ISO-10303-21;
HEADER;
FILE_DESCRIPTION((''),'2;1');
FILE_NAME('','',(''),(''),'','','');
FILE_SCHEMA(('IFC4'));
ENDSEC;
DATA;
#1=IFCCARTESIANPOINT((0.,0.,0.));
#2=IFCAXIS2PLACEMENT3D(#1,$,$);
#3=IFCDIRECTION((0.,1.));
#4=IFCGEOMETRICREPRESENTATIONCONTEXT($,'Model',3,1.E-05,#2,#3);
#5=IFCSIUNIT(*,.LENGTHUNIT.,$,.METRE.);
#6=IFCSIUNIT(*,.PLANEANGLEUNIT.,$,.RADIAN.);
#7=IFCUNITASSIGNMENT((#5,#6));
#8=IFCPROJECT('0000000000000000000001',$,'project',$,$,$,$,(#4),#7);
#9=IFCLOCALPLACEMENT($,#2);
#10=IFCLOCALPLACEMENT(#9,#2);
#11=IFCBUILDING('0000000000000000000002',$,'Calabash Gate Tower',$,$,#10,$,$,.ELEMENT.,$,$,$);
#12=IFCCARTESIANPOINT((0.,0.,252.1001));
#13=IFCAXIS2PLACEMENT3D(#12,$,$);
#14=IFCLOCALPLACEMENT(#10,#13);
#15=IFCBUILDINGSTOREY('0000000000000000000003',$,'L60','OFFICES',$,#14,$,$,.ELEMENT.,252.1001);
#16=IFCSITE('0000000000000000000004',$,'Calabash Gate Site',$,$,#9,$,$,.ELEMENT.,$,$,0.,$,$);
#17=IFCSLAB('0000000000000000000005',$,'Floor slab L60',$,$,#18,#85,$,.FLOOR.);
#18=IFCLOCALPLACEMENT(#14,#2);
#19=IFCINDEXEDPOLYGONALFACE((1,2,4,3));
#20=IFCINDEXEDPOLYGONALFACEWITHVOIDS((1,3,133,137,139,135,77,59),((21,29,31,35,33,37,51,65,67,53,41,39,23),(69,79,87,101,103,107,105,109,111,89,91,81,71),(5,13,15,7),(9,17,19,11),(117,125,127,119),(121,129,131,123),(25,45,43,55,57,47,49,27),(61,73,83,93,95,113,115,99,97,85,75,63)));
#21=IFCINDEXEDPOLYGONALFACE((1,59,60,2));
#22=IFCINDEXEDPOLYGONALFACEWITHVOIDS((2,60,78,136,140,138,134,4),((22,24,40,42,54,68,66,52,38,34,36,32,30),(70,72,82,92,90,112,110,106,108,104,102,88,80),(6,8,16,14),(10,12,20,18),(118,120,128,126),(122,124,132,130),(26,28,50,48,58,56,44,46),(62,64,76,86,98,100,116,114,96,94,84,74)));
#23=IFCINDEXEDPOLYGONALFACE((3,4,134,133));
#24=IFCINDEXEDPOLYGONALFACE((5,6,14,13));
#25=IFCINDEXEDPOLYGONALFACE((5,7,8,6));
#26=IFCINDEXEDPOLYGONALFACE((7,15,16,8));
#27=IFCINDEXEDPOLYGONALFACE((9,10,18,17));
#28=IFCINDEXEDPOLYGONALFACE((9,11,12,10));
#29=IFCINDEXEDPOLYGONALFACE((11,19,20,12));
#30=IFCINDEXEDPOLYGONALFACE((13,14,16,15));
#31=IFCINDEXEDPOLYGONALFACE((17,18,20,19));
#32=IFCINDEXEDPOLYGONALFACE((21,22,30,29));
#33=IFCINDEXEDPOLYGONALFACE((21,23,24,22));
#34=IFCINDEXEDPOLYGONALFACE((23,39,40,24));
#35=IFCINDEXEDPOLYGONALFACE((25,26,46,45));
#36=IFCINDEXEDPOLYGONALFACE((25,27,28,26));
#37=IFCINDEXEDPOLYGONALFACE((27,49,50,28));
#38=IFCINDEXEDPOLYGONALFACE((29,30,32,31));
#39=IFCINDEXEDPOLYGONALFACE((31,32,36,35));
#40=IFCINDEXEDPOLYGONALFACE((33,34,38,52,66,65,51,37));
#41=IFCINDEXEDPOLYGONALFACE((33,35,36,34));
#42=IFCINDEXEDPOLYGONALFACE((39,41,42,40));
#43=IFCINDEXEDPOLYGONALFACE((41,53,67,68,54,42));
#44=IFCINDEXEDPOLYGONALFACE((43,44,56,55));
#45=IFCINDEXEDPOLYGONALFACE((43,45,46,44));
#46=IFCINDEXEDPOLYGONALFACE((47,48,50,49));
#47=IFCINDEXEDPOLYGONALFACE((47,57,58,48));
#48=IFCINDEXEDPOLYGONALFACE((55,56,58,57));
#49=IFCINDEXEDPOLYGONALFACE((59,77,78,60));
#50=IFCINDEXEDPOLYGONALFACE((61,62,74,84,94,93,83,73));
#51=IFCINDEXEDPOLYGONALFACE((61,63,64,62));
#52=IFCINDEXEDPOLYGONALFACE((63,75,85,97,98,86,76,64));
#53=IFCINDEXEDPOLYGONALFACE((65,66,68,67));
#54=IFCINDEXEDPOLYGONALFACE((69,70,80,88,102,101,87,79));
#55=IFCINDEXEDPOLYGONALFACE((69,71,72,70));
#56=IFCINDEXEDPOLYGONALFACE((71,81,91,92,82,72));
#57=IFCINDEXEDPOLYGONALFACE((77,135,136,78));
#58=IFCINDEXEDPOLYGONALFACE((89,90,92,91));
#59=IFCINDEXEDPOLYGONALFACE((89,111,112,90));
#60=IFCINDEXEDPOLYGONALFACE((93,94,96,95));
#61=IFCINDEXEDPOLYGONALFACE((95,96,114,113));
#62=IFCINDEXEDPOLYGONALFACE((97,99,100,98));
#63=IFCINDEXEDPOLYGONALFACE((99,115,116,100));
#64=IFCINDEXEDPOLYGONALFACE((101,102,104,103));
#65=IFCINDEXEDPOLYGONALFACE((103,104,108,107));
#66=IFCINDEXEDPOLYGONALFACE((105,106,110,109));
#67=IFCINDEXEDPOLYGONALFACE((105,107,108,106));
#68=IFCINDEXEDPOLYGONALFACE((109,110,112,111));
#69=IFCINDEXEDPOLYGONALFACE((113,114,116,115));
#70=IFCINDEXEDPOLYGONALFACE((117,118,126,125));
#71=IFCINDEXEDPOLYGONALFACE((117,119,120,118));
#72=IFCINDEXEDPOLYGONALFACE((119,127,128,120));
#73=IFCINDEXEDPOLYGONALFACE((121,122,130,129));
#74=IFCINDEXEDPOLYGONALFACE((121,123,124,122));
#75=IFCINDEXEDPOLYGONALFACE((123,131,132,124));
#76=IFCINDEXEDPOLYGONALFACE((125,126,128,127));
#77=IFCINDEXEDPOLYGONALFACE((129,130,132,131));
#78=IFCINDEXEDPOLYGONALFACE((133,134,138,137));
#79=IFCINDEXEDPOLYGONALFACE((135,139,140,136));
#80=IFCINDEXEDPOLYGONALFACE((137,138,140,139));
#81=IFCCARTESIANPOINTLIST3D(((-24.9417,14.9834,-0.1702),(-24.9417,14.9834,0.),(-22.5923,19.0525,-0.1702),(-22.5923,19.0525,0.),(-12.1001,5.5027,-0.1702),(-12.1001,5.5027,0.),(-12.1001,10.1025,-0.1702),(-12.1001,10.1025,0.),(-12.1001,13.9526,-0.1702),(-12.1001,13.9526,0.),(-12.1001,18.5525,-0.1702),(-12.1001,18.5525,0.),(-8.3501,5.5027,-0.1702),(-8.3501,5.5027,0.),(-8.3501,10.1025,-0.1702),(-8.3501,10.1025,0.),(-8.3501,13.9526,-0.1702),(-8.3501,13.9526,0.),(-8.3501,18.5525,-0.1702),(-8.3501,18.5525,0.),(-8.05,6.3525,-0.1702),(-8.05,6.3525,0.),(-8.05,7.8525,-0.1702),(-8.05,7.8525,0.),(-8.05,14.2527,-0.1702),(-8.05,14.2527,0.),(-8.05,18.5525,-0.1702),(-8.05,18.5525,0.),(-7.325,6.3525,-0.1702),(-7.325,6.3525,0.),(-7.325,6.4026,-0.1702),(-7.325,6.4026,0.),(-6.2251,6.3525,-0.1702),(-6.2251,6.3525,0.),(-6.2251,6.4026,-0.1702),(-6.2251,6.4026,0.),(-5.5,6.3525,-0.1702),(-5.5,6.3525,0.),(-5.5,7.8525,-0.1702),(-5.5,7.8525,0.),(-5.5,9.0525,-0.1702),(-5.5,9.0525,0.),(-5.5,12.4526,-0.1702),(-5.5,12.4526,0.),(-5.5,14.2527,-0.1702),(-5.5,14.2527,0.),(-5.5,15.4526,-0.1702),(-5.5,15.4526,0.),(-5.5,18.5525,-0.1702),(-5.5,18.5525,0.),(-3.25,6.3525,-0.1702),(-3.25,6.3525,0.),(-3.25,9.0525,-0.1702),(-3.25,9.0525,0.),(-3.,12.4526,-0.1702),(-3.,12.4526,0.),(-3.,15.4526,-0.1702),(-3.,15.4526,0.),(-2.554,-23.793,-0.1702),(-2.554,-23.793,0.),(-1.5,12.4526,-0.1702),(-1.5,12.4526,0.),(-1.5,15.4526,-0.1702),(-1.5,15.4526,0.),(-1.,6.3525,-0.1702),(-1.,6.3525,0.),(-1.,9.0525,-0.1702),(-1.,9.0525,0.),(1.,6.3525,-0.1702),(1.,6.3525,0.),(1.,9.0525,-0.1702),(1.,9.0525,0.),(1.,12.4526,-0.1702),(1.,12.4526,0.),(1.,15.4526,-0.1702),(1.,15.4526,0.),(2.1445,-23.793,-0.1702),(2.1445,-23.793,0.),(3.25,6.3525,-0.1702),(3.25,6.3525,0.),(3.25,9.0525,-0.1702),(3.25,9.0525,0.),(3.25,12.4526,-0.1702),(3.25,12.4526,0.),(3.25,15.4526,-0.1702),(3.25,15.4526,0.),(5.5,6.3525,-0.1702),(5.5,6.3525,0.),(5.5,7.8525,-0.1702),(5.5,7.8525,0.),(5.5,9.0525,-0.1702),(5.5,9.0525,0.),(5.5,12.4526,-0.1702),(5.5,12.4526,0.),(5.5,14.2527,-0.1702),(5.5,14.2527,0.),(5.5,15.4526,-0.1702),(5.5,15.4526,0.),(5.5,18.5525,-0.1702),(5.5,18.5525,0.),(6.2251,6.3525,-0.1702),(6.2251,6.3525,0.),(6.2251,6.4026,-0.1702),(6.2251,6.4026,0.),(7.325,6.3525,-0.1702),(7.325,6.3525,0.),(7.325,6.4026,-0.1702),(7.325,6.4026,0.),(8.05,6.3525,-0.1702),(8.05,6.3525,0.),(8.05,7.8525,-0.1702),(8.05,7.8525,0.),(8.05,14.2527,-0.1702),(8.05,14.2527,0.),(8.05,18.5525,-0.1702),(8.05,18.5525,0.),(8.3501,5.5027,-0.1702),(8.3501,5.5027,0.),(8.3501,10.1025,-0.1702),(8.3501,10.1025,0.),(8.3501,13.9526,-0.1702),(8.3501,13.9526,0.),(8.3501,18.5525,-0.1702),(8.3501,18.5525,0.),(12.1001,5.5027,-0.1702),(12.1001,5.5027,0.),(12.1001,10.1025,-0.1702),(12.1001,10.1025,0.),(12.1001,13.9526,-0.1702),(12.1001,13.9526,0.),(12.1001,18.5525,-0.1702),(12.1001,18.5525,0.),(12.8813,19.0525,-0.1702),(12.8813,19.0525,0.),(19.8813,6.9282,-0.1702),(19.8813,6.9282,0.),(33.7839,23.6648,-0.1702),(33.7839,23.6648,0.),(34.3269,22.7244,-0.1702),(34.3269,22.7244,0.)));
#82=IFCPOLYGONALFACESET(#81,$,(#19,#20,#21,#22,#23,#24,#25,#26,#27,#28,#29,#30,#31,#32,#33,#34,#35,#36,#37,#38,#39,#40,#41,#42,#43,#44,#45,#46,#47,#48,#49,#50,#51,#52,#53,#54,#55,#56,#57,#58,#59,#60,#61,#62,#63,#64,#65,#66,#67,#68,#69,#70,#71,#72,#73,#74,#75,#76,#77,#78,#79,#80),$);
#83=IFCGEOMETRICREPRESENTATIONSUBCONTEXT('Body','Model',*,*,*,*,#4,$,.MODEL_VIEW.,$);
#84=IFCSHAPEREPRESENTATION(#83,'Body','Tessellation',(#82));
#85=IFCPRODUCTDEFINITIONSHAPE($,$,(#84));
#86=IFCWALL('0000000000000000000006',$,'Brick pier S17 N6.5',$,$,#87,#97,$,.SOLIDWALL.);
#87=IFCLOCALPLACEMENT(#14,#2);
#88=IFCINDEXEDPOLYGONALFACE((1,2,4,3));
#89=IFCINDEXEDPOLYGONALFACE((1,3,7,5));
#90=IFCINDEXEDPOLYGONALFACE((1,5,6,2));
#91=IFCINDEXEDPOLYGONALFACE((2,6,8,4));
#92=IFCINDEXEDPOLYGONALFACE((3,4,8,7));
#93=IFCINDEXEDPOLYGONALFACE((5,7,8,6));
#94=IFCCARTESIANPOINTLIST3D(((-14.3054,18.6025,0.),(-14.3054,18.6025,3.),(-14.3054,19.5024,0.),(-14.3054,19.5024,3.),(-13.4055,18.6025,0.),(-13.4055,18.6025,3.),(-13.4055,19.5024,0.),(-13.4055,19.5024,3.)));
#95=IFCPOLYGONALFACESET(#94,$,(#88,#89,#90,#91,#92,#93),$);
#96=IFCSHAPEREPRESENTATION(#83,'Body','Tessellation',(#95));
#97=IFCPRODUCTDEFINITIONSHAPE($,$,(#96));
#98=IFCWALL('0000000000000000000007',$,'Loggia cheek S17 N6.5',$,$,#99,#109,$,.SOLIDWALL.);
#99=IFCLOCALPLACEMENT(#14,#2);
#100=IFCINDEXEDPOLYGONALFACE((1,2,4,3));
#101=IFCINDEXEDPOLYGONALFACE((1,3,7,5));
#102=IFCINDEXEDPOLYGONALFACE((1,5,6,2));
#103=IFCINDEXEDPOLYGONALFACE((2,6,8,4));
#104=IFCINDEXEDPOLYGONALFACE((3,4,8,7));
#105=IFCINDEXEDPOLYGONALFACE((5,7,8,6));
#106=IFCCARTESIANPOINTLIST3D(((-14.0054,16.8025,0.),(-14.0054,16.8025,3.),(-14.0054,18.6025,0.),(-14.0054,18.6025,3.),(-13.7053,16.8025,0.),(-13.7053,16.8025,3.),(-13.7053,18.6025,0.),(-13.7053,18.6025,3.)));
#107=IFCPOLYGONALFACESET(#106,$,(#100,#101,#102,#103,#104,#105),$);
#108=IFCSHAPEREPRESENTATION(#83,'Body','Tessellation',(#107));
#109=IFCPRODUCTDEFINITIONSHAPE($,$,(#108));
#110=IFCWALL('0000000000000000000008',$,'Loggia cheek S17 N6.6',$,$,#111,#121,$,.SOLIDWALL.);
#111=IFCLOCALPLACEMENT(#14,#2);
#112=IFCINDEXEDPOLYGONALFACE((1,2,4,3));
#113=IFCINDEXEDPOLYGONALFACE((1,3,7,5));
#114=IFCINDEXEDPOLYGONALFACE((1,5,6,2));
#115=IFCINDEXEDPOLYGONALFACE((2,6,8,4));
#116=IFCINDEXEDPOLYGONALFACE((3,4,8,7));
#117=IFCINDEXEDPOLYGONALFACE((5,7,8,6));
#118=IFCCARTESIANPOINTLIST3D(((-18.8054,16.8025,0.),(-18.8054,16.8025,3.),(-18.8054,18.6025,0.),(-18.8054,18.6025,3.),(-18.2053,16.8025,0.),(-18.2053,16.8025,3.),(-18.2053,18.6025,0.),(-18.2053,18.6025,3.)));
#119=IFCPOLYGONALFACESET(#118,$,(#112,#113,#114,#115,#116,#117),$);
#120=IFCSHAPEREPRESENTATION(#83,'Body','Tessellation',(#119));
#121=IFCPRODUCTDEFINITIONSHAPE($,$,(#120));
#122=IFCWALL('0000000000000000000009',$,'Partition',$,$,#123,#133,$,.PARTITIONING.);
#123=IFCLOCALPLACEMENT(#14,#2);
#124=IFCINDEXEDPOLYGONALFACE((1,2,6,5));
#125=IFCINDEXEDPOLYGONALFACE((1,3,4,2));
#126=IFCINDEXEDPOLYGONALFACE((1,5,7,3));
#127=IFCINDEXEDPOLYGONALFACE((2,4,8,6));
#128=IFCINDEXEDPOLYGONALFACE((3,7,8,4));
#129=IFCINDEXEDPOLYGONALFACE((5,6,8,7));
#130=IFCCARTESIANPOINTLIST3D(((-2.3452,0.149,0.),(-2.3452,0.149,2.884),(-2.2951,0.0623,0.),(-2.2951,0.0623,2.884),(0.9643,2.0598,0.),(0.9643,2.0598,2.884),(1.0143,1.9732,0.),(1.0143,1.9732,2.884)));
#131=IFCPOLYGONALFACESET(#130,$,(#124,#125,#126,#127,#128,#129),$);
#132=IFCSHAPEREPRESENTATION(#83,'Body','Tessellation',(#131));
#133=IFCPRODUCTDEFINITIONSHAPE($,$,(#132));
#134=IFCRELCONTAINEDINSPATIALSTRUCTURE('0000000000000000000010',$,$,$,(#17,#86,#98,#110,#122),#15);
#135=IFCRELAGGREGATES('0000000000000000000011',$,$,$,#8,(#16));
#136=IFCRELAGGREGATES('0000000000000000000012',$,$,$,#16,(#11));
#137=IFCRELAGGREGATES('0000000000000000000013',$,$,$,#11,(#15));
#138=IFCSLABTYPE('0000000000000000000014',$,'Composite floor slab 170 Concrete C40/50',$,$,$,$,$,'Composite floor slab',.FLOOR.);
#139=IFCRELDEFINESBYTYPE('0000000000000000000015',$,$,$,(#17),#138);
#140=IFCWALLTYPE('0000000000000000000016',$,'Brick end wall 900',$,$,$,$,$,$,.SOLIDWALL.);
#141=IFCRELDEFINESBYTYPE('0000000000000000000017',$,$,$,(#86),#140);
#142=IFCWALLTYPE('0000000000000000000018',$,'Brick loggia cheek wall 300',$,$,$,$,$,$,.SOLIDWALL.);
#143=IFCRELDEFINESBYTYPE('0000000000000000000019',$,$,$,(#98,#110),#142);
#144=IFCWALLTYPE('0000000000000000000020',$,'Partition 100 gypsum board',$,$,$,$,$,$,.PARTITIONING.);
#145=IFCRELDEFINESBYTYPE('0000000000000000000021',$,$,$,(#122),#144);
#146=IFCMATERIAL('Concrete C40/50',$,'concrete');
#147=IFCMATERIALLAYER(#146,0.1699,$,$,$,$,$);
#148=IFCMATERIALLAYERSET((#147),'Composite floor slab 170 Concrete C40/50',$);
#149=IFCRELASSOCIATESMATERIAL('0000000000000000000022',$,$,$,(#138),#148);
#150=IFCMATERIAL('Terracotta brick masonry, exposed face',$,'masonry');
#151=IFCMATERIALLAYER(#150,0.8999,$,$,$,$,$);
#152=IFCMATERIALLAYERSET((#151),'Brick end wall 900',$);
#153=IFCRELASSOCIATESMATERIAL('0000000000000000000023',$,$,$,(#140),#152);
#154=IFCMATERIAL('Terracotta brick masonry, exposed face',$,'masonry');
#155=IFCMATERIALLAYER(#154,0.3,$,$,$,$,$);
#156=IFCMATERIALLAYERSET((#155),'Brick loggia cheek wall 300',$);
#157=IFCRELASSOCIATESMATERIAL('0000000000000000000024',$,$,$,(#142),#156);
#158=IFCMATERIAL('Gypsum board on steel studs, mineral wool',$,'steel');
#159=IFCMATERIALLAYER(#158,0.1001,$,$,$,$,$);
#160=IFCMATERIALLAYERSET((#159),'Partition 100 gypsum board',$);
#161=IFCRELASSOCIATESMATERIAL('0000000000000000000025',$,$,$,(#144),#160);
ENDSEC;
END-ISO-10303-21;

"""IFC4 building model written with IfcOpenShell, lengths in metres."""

from ifc_helpers import new_model, si_unit, direction, frame, frame_2d, origin, place, context, subcontext, project, spatial, polyline, rectangle, outline, extrude, material, layer, layer_set, type_object, element, save


model = new_model("IFC4")

# Units and contexts
model_context = context("Model", 3, precision=1e-05, world=origin(), true_north=direction((0.0, 1.0)))
body_context = subcontext(model_context, "Body", "Model", "MODEL_VIEW")
ifc_project = project(units=[si_unit("LENGTHUNIT", "METRE"), si_unit("PLANEANGLEUNIT", "RADIAN")], contexts=[model_context])

# Site, building, storey
site_placement = place(None, origin())
site = spatial("IfcSite", under=ifc_project, at=site_placement, Name="Calabash Gate Site", CompositionType="ELEMENT", RefElevation=0.0)
building_placement = place(site_placement, origin())
building = spatial("IfcBuilding", under=site, at=building_placement, Name="Calabash Gate Tower", CompositionType="ELEMENT")
storey_placement = place(building_placement, frame((0.0, 0.0, 252.1001)))
storey = spatial("IfcBuildingStorey", under=building, at=storey_placement, Name="L60", Description="OFFICES", CompositionType="ELEMENT", Elevation=252.1001)

# Slab
ifc_material_1 = material(Name="Concrete C40/50", Category="concrete")
ifc_layer_1 = layer(ifc_material_1, 0.1699)
ifc_layer_set_1 = layer_set([ifc_layer_1], Name="Composite floor slab 170 Concrete C40/50")
slab_type = type_object("IfcSlabType", Name="Composite floor slab 170 Concrete C40/50", ElementType="Composite floor slab", PredefinedType="FLOOR", material=ifc_layer_set_1)
slab_placement = place(storey_placement, frame((0.0, 0.0, -0.1702)))
element("IfcSlab", 1, at=slab_placement, inside=storey, type_object=slab_type, Name="Floor slab L60", PredefinedType="FLOOR", context=body_context, shape_type="SweptSolid", body=[
    extrude(outline(polyline([(-24.9417, 14.9834), (-22.5923, 19.0525), (12.8813, 19.0525), (33.7839, 23.6648), (34.3269, 22.7244), (19.8813, 6.9282), (2.1445, -23.793), (-2.554, -23.793), (-24.9417, 14.9834)]), holes=[polyline([(-1.0, 9.0525), (-3.25, 9.0525), (-5.5, 9.0525), (-5.5, 7.8525), (-8.05, 7.8525), (-8.05, 6.3525), (-7.325, 6.3525), (-7.325, 6.4026), (-6.2251, 6.4026), (-6.2251, 6.3525), (-5.5, 6.3525), (-3.25, 6.3525), (-1.0, 6.3525), (-1.0, 9.0525)]), polyline([(3.25, 6.3525), (5.5, 6.3525), (6.2251, 6.3525), (6.2251, 6.4026), (7.325, 6.4026), (7.325, 6.3525), (8.05, 6.3525), (8.05, 7.8525), (5.5, 7.8525), (5.5, 9.0525), (3.25, 9.0525), (1.0, 9.0525), (1.0, 6.3525), (3.25, 6.3525)]), polyline([(-5.5, 14.2527), (-5.5, 12.4526), (-3.0, 12.4526), (-3.0, 15.4526), (-5.5, 15.4526), (-5.5, 18.5525), (-8.05, 18.5525), (-8.05, 14.2527), (-5.5, 14.2527)]), polyline([(1.0, 15.4526), (-1.5, 15.4526), (-1.5, 12.4526), (1.0, 12.4526), (3.25, 12.4526), (5.5, 12.4526), (5.5, 14.2527), (8.05, 14.2527), (8.05, 18.5525), (5.5, 18.5525), (5.5, 15.4526), (3.25, 15.4526), (1.0, 15.4526)]), polyline([(-8.3501, 18.5525), (-12.1001, 18.5525), (-12.1001, 13.9526), (-8.3501, 13.9526), (-8.3501, 18.5525)]), polyline([(-12.1001, 10.1025), (-12.1001, 5.5027), (-8.3501, 5.5027), (-8.3501, 10.1025), (-12.1001, 10.1025)]), polyline([(8.3501, 13.9526), (12.1001, 13.9526), (12.1001, 18.5525), (8.3501, 18.5525), (8.3501, 13.9526)]), polyline([(12.1001, 5.5027), (12.1001, 10.1025), (8.3501, 10.1025), (8.3501, 5.5027), (12.1001, 5.5027)])]), origin(), (0.0, 0.0, 1.0), 0.1702),
])

# Walls
ifc_material_2 = material(Name="Terracotta brick masonry, exposed face", Category="masonry")
ifc_layer_2 = layer(ifc_material_2, 0.8999)
ifc_layer_set_2 = layer_set([ifc_layer_2], Name="Brick end wall 900")
wall_type_1 = type_object("IfcWallType", Name="Brick end wall 900", PredefinedType="SOLIDWALL", material=ifc_layer_set_2)
wall_1_placement = place(storey_placement, origin())
element("IfcWall", 2, at=wall_1_placement, inside=storey, type_object=wall_type_1, Name="Brick pier S17 N6.5", PredefinedType="SOLIDWALL", context=body_context, shape_type="SweptSolid", body=[
    extrude(outline(polyline([(-13.4055, 19.5024), (-14.3054, 19.5024), (-14.3054, 18.6025), (-13.4055, 18.6025), (-13.4055, 19.5024)])), origin(), (0.0, 0.0, 1.0), 3.0),
])
ifc_material_3 = material(Name="Terracotta brick masonry, exposed face", Category="masonry")
ifc_layer_3 = layer(ifc_material_3, 0.3)
ifc_layer_set_3 = layer_set([ifc_layer_3], Name="Brick loggia cheek wall 300")
wall_type_2 = type_object("IfcWallType", Name="Brick loggia cheek wall 300", PredefinedType="SOLIDWALL", material=ifc_layer_set_3)
wall_2_placement = place(storey_placement, origin())
element("IfcWall", 3, at=wall_2_placement, inside=storey, type_object=wall_type_2, Name="Loggia cheek S17 N6.5", PredefinedType="SOLIDWALL", context=body_context, shape_type="SweptSolid", body=[
    extrude(outline(polyline([(-13.7053, 16.8025), (-13.7053, 18.6025), (-14.0054, 18.6025), (-14.0054, 16.8025), (-13.7053, 16.8025)])), origin(), (0.0, 0.0, 1.0), 3.0),
])
wall_3_placement = place(storey_placement, origin())
element("IfcWall", 4, at=wall_3_placement, inside=storey, type_object=wall_type_2, Name="Loggia cheek S17 N6.6", PredefinedType="SOLIDWALL", context=body_context, shape_type="SweptSolid", body=[
    extrude(outline(polyline([(-18.8054, 18.6025), (-18.8054, 16.8025), (-18.2053, 16.8025), (-18.2053, 18.6025), (-18.8054, 18.6025)])), origin(), (0.0, 0.0, 1.0), 3.0),
])
ifc_material_4 = material(Name="Gypsum board on steel studs, mineral wool", Category="steel")
ifc_layer_4 = layer(ifc_material_4, 0.1001)
ifc_layer_set_4 = layer_set([ifc_layer_4], Name="Partition 100 gypsum board")
wall_type_3 = type_object("IfcWallType", Name="Partition 100 gypsum board", PredefinedType="PARTITIONING", material=ifc_layer_set_4)
wall_4_placement = place(storey_placement, frame((-2.3201, 0.1057, 0.0), z_axis=(0.0, 0.0, 1.0), x_axis=(0.866013, 0.500021, 0.0)))
element("IfcWall", 5, at=wall_4_placement, inside=storey, type_object=wall_type_3, Name="Partition", PredefinedType="PARTITIONING", context=body_context, shape_type="SweptSolid", body=[
    extrude(rectangle(XDim=3.8215, YDim=0.1001, at=frame_2d((1.9106, 0.0))), origin(), (0.0, 0.0, 1.0), 2.884),
])

save(model, "model.ifc")
